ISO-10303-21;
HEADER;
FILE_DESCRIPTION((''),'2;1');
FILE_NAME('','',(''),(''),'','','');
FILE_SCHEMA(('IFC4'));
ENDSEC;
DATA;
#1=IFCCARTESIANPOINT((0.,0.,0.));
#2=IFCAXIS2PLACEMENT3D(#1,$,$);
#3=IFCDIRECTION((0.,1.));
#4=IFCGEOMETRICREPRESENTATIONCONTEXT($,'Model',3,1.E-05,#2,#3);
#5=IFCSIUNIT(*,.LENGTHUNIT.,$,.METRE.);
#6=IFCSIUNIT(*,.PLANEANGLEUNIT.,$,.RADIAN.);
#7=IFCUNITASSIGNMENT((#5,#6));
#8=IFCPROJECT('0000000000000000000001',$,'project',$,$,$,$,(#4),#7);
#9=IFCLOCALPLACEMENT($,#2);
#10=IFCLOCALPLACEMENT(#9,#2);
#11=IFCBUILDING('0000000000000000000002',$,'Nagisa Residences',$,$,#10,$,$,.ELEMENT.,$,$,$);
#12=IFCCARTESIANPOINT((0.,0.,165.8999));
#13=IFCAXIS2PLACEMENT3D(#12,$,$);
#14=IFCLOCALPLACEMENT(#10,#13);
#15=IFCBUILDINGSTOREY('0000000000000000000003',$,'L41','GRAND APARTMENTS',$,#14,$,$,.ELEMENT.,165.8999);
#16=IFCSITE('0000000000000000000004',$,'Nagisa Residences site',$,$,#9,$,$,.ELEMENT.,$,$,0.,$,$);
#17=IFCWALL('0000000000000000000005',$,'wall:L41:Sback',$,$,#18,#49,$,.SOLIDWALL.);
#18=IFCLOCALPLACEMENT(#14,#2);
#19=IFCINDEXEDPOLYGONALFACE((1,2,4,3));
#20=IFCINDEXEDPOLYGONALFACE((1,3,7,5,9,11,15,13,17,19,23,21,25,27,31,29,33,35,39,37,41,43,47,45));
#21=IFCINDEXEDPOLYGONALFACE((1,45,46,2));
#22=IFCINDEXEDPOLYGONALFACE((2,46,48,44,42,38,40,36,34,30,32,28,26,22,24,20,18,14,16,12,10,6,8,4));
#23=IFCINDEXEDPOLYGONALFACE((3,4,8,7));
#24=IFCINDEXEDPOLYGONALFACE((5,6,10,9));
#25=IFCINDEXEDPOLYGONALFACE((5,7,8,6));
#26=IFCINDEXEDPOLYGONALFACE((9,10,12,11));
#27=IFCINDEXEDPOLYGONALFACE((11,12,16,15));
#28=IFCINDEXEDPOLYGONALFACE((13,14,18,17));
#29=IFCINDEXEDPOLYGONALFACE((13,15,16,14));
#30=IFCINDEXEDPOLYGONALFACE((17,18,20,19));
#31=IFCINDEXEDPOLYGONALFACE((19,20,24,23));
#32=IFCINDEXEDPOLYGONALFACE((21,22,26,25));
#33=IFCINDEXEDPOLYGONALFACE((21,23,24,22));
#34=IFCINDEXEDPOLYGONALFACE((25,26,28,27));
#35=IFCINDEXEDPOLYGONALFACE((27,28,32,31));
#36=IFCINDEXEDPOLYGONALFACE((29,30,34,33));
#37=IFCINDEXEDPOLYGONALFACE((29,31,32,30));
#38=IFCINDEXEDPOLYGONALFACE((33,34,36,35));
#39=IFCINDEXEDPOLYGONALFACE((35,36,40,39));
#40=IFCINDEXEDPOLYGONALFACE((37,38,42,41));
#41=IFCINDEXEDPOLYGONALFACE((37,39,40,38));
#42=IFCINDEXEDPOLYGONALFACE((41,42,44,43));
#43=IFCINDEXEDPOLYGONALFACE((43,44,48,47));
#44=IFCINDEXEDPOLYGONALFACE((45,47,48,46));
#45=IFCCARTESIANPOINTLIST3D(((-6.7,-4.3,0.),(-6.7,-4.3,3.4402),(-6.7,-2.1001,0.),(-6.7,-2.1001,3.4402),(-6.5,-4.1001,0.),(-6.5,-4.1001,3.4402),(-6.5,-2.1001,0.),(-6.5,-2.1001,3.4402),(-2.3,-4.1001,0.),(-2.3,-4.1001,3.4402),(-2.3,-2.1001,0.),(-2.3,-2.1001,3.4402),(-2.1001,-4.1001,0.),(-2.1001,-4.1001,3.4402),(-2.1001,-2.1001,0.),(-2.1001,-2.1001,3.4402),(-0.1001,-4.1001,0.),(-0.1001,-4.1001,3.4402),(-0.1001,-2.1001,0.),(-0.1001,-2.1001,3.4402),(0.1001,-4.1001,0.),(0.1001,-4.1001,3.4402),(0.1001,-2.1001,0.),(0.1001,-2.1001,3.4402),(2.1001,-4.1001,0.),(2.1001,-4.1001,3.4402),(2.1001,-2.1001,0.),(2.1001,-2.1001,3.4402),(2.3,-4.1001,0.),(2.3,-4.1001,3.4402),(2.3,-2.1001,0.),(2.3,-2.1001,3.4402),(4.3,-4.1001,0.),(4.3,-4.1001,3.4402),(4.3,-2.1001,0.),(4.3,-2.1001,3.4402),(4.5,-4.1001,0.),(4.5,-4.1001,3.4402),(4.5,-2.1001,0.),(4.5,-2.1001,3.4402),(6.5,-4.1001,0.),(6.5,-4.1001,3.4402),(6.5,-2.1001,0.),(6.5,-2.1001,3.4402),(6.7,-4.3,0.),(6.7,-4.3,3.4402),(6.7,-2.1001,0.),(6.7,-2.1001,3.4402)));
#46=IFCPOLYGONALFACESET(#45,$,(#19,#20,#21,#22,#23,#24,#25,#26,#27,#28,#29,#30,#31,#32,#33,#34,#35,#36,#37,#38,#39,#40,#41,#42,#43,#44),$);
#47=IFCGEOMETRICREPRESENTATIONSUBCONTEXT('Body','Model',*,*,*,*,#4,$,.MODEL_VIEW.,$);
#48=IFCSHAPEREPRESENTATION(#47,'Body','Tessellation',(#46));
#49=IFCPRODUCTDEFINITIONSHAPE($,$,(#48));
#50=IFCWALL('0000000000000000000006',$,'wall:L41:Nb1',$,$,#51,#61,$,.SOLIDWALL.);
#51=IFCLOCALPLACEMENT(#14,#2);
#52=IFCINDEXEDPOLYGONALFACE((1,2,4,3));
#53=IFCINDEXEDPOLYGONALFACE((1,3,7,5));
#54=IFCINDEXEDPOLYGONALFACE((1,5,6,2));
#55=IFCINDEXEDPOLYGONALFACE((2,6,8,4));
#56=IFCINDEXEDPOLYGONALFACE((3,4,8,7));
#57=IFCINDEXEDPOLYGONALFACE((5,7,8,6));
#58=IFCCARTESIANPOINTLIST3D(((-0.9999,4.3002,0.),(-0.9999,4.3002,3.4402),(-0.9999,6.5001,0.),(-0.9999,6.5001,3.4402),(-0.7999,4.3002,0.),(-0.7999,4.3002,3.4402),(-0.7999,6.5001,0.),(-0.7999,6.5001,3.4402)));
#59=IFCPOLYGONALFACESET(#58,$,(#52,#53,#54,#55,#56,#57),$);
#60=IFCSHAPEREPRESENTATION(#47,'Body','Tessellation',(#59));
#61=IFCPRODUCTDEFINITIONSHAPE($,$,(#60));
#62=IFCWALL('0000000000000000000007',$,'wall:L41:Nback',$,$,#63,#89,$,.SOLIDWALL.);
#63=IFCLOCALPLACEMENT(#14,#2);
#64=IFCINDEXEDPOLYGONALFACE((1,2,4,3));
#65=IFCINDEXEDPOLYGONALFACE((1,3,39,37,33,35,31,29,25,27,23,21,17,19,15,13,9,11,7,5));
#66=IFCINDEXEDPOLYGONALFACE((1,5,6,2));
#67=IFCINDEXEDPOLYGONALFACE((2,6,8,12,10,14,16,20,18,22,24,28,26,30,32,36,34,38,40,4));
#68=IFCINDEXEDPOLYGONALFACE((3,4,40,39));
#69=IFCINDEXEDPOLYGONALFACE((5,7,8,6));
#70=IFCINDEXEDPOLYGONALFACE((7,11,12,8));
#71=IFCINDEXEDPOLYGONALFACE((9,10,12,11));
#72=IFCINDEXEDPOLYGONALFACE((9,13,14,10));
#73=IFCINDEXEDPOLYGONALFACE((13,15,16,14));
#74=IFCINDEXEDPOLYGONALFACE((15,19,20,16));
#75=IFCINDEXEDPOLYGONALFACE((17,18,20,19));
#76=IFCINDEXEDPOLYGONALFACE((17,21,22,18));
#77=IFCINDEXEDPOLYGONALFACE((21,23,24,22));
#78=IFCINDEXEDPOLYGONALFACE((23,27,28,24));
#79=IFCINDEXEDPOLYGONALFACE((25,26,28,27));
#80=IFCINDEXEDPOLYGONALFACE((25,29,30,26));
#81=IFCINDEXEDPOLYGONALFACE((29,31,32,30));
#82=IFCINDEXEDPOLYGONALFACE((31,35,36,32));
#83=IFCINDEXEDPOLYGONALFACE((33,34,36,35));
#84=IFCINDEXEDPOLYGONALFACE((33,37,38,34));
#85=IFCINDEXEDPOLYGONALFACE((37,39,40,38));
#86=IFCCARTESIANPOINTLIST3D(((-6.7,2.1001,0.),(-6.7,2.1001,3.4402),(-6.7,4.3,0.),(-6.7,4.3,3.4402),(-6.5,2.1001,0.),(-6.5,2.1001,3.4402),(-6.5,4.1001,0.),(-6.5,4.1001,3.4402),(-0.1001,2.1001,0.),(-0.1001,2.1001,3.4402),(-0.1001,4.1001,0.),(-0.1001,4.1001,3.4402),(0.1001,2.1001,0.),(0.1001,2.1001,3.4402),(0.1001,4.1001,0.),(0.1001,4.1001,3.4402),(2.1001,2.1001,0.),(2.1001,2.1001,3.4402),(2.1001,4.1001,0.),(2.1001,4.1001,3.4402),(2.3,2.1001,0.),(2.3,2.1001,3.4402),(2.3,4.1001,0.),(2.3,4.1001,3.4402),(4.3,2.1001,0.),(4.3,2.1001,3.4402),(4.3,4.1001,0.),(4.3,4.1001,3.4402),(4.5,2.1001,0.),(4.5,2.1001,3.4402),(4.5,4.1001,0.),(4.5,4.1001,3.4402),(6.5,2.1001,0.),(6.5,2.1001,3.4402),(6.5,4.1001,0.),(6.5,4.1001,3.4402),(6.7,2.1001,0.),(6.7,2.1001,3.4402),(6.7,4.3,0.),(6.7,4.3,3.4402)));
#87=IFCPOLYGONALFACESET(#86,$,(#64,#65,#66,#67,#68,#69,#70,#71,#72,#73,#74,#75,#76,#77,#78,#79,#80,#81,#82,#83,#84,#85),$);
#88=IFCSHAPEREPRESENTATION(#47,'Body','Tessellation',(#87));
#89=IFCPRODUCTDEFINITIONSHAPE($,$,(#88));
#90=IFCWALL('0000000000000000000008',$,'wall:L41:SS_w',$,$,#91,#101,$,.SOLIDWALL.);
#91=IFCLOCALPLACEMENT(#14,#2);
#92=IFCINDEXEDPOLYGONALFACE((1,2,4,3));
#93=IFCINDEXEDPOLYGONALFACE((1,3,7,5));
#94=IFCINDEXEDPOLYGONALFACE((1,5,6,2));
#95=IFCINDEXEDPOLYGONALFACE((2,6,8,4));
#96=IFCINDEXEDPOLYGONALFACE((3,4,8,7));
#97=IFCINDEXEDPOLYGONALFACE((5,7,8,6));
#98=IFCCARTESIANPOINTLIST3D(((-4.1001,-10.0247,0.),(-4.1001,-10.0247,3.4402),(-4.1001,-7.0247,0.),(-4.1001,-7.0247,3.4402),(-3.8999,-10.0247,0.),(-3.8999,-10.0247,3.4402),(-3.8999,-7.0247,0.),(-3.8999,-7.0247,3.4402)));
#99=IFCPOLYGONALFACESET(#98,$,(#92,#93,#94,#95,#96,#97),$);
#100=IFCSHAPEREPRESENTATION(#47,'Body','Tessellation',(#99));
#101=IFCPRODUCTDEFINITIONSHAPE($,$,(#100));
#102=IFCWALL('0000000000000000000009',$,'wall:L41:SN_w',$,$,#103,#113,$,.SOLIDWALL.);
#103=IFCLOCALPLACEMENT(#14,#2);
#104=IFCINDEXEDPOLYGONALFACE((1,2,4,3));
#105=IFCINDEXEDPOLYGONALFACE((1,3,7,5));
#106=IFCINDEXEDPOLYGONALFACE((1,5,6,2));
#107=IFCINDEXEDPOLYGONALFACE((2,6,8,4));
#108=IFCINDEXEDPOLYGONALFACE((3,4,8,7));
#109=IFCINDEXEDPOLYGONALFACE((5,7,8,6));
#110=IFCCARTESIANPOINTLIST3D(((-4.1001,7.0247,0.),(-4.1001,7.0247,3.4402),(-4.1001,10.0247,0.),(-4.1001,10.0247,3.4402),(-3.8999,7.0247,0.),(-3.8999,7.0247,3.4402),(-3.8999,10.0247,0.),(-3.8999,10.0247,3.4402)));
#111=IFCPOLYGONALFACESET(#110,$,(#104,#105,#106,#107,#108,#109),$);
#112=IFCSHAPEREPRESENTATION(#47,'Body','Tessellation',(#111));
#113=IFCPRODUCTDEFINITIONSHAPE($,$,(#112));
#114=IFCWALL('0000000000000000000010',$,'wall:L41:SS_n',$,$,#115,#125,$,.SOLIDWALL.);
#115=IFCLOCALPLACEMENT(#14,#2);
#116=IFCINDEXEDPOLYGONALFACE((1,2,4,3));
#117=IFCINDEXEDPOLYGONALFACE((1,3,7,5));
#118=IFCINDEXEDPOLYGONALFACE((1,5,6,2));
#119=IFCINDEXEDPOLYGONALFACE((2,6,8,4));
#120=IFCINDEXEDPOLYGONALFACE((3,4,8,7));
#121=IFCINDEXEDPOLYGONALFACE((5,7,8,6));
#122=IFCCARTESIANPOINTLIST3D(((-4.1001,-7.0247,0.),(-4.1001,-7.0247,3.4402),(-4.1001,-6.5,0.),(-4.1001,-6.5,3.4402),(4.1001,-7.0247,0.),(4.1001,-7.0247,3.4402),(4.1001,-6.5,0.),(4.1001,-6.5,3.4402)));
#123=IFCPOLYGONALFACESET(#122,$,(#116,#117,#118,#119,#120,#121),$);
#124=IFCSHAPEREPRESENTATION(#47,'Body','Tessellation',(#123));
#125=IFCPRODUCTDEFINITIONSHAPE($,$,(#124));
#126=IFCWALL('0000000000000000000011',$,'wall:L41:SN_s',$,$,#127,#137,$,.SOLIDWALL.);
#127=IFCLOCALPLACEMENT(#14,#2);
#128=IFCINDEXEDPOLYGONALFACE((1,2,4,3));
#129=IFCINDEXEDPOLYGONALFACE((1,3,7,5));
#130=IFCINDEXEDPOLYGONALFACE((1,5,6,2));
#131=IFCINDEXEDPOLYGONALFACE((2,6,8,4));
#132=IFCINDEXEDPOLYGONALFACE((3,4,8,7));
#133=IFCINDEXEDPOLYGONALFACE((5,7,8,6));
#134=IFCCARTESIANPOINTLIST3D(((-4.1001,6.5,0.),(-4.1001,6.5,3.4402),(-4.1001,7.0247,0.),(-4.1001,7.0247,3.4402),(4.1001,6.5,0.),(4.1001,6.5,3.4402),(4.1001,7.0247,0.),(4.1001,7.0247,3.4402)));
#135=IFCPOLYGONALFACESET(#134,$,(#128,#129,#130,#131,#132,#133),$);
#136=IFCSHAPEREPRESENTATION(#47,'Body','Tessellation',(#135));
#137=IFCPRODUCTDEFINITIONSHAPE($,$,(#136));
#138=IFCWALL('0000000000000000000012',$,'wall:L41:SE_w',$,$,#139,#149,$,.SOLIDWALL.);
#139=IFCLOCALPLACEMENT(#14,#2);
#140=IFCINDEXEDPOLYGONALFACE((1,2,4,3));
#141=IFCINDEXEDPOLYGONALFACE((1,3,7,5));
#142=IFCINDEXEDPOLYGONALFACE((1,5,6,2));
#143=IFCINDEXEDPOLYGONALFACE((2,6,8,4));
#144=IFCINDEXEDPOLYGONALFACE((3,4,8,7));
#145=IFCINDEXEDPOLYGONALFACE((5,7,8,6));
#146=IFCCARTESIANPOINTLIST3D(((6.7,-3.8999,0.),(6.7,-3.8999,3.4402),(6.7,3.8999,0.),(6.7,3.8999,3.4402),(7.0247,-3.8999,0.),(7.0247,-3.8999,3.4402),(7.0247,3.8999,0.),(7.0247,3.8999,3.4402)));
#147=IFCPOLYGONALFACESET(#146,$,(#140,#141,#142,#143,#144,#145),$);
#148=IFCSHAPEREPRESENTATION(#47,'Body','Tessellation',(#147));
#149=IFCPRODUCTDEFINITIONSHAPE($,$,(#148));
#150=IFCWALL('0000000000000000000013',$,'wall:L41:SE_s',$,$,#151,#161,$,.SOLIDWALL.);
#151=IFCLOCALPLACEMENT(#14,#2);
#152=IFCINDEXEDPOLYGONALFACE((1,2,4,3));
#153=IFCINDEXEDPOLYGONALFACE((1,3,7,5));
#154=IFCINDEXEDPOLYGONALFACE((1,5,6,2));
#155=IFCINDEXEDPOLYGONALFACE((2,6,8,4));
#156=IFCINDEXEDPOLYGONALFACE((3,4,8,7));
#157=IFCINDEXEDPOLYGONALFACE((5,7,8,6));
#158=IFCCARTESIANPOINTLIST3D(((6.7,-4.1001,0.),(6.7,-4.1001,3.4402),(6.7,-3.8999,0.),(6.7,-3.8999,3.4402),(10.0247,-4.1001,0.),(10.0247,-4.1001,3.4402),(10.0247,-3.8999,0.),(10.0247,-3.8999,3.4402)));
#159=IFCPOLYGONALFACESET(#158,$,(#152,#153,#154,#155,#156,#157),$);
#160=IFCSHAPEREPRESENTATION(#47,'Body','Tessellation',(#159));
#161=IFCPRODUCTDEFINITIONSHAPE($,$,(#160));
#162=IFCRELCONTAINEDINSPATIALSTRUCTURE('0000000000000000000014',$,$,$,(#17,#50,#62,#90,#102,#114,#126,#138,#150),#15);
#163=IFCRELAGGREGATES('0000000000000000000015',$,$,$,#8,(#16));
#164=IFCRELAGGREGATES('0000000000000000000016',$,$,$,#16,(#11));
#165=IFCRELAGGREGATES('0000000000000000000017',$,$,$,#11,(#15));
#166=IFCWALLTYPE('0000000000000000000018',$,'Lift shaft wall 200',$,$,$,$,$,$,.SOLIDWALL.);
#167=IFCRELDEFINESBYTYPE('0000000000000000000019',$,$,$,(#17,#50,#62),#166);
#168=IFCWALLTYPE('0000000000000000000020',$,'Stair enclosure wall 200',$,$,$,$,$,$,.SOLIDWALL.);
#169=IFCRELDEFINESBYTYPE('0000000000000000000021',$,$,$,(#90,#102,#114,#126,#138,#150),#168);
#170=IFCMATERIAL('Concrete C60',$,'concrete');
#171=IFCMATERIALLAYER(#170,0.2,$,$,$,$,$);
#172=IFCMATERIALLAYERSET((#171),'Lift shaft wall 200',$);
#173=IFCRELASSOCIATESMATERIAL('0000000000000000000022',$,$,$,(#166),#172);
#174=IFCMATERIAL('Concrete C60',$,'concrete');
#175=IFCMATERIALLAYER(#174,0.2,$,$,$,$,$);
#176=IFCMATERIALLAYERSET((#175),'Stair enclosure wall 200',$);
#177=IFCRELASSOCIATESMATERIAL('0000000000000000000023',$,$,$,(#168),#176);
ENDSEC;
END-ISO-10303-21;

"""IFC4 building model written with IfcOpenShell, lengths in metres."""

from ifc_helpers import new_model, si_unit, direction, frame, frame_2d, origin, place, context, subcontext, project, spatial, polyline, rectangle, outline, extrude, material, layer, layer_set, type_object, element, save


model = new_model("IFC4")

# Units and contexts
model_context = context("Model", 3, precision=1e-05, world=origin(), true_north=direction((0.0, 1.0)))
body_context = subcontext(model_context, "Body", "Model", "MODEL_VIEW")
ifc_project = project(units=[si_unit("LENGTHUNIT", "METRE"), si_unit("PLANEANGLEUNIT", "RADIAN")], contexts=[model_context])

# Site, building, storey
site_placement = place(None, origin())
site = spatial("IfcSite", under=ifc_project, at=site_placement, Name="Nagisa Residences site", CompositionType="ELEMENT", RefElevation=0.0)
building_placement = place(site_placement, origin())
building = spatial("IfcBuilding", under=site, at=building_placement, Name="Nagisa Residences", CompositionType="ELEMENT")
storey_placement = place(building_placement, frame((0.0, 0.0, 165.8999)))
storey = spatial("IfcBuildingStorey", under=building, at=storey_placement, Name="L41", Description="GRAND APARTMENTS", CompositionType="ELEMENT", Elevation=165.8999)

# Shared definitions
ifc_material_1 = material(Name="Concrete C60", Category="concrete")
ifc_layer_1 = layer(ifc_material_1, 0.2)
ifc_layer_set_1 = layer_set([ifc_layer_1], Name="Lift shaft wall 200")
wall_type_1 = type_object("IfcWallType", Name="Lift shaft wall 200", PredefinedType="SOLIDWALL", material=ifc_layer_set_1)

# Walls
wall_1_placement = place(storey_placement, origin())
element("IfcWall", 1, at=wall_1_placement, inside=storey, type_object=wall_type_1, Name="wall:L41:Sback", PredefinedType="SOLIDWALL", context=body_context, shape_type="SweptSolid", body=[
    extrude(outline(polyline([(-6.7, -2.1001), (-6.5, -2.1001), (-6.5, -4.1001), (-2.3, -4.1001), (-2.3, -2.1001), (-2.1001, -2.1001), (-2.1001, -4.1001), (-0.1001, -4.1001), (-0.1001, -2.1001), (0.1001, -2.1001), (0.1001, -4.1001), (2.1001, -4.1001), (2.1001, -2.1001), (2.3, -2.1001), (2.3, -4.1001), (4.3, -4.1001), (4.3, -2.1001), (4.5, -2.1001), (4.5, -4.1001), (6.5, -4.1001), (6.5, -2.1001), (6.7, -2.1001), (6.7, -4.3), (-6.7, -4.3), (-6.7, -2.1001)])), origin(), (0.0, 0.0, 1.0), 3.4402),
])
wall_2_placement = place(storey_placement, frame((-0.8999, 4.3, 0.0), z_axis=(0.0, 0.0, 1.0), x_axis=(0.0, 1.0, 0.0)))
element("IfcWall", 2, at=wall_2_placement, inside=storey, type_object=wall_type_1, Name="wall:L41:Nb1", PredefinedType="SOLIDWALL", context=body_context, shape_type="SweptSolid", body=[
    extrude(rectangle(XDim=2.2, YDim=0.2, at=frame_2d((1.1001, 0.0))), origin(), (0.0, 0.0, 1.0), 3.4402),
])
wall_3_placement = place(storey_placement, origin())
element("IfcWall", 3, at=wall_3_placement, inside=storey, type_object=wall_type_1, Name="wall:L41:Nback", PredefinedType="SOLIDWALL", context=body_context, shape_type="SweptSolid", body=[
    extrude(outline(polyline([(-6.7, 4.3), (6.7, 4.3), (6.7, 2.1001), (6.5, 2.1001), (6.5, 4.1001), (4.5, 4.1001), (4.5, 2.1001), (4.3, 2.1001), (4.3, 4.1001), (2.3, 4.1001), (2.3, 2.1001), (2.1001, 2.1001), (2.1001, 4.1001), (0.1001, 4.1001), (0.1001, 2.1001), (-0.1001, 2.1001), (-0.1001, 4.1001), (-6.5, 4.1001), (-6.5, 2.1001), (-6.7, 2.1001), (-6.7, 4.3)])), origin(), (0.0, 0.0, 1.0), 3.4402),
])
ifc_material_2 = material(Name="Concrete C60", Category="concrete")
ifc_layer_2 = layer(ifc_material_2, 0.2)
ifc_layer_set_2 = layer_set([ifc_layer_2], Name="Stair enclosure wall 200")
wall_type_2 = type_object("IfcWallType", Name="Stair enclosure wall 200", PredefinedType="SOLIDWALL", material=ifc_layer_set_2)
wall_4_placement = place(storey_placement, origin())
element("IfcWall", 4, at=wall_4_placement, inside=storey, type_object=wall_type_2, Name="wall:L41:SS_w", PredefinedType="SOLIDWALL", context=body_context, shape_type="SweptSolid", body=[
    extrude(outline(polyline([(-3.8999, -10.0247), (-4.1001, -10.0247), (-4.1001, -7.0247), (-3.8999, -7.0247), (-3.8999, -10.0247)])), origin(), (0.0, 0.0, 1.0), 3.4402),
])
wall_5_placement = place(storey_placement, origin())
element("IfcWall", 5, at=wall_5_placement, inside=storey, type_object=wall_type_2, Name="wall:L41:SN_w", PredefinedType="SOLIDWALL", context=body_context, shape_type="SweptSolid", body=[
    extrude(outline(polyline([(-3.8999, 7.0247), (-4.1001, 7.0247), (-4.1001, 10.0247), (-3.8999, 10.0247), (-3.8999, 7.0247)])), origin(), (0.0, 0.0, 1.0), 3.4402),
])
wall_6_placement = place(storey_placement, origin())
element("IfcWall", 6, at=wall_6_placement, inside=storey, type_object=wall_type_2, Name="wall:L41:SS_n", PredefinedType="SOLIDWALL", context=body_context, shape_type="SweptSolid", body=[
    extrude(outline(polyline([(4.1001, -7.0247), (-4.1001, -7.0247), (-4.1001, -6.5), (4.1001, -6.5), (4.1001, -7.0247)])), origin(), (0.0, 0.0, 1.0), 3.4402),
])
wall_7_placement = place(storey_placement, origin())
element("IfcWall", 7, at=wall_7_placement, inside=storey, type_object=wall_type_2, Name="wall:L41:SN_s", PredefinedType="SOLIDWALL", context=body_context, shape_type="SweptSolid", body=[
    extrude(outline(polyline([(4.1001, 6.5), (-4.1001, 6.5), (-4.1001, 7.0247), (4.1001, 7.0247), (4.1001, 6.5)])), origin(), (0.0, 0.0, 1.0), 3.4402),
])
wall_8_placement = place(storey_placement, origin())
element("IfcWall", 8, at=wall_8_placement, inside=storey, type_object=wall_type_2, Name="wall:L41:SE_w", PredefinedType="SOLIDWALL", context=body_context, shape_type="SweptSolid", body=[
    extrude(outline(polyline([(7.0247, -3.8999), (6.7, -3.8999), (6.7, 3.8999), (7.0247, 3.8999), (7.0247, -3.8999)])), origin(), (0.0, 0.0, 1.0), 3.4402),
])
wall_9_placement = place(storey_placement, origin())
element("IfcWall", 9, at=wall_9_placement, inside=storey, type_object=wall_type_2, Name="wall:L41:SE_s", PredefinedType="SOLIDWALL", context=body_context, shape_type="SweptSolid", body=[
    extrude(outline(polyline([(10.0247, -4.1001), (6.7, -4.1001), (6.7, -3.8999), (10.0247, -3.8999), (10.0247, -4.1001)])), origin(), (0.0, 0.0, 1.0), 3.4402),
])

save(model, "model.ifc")
